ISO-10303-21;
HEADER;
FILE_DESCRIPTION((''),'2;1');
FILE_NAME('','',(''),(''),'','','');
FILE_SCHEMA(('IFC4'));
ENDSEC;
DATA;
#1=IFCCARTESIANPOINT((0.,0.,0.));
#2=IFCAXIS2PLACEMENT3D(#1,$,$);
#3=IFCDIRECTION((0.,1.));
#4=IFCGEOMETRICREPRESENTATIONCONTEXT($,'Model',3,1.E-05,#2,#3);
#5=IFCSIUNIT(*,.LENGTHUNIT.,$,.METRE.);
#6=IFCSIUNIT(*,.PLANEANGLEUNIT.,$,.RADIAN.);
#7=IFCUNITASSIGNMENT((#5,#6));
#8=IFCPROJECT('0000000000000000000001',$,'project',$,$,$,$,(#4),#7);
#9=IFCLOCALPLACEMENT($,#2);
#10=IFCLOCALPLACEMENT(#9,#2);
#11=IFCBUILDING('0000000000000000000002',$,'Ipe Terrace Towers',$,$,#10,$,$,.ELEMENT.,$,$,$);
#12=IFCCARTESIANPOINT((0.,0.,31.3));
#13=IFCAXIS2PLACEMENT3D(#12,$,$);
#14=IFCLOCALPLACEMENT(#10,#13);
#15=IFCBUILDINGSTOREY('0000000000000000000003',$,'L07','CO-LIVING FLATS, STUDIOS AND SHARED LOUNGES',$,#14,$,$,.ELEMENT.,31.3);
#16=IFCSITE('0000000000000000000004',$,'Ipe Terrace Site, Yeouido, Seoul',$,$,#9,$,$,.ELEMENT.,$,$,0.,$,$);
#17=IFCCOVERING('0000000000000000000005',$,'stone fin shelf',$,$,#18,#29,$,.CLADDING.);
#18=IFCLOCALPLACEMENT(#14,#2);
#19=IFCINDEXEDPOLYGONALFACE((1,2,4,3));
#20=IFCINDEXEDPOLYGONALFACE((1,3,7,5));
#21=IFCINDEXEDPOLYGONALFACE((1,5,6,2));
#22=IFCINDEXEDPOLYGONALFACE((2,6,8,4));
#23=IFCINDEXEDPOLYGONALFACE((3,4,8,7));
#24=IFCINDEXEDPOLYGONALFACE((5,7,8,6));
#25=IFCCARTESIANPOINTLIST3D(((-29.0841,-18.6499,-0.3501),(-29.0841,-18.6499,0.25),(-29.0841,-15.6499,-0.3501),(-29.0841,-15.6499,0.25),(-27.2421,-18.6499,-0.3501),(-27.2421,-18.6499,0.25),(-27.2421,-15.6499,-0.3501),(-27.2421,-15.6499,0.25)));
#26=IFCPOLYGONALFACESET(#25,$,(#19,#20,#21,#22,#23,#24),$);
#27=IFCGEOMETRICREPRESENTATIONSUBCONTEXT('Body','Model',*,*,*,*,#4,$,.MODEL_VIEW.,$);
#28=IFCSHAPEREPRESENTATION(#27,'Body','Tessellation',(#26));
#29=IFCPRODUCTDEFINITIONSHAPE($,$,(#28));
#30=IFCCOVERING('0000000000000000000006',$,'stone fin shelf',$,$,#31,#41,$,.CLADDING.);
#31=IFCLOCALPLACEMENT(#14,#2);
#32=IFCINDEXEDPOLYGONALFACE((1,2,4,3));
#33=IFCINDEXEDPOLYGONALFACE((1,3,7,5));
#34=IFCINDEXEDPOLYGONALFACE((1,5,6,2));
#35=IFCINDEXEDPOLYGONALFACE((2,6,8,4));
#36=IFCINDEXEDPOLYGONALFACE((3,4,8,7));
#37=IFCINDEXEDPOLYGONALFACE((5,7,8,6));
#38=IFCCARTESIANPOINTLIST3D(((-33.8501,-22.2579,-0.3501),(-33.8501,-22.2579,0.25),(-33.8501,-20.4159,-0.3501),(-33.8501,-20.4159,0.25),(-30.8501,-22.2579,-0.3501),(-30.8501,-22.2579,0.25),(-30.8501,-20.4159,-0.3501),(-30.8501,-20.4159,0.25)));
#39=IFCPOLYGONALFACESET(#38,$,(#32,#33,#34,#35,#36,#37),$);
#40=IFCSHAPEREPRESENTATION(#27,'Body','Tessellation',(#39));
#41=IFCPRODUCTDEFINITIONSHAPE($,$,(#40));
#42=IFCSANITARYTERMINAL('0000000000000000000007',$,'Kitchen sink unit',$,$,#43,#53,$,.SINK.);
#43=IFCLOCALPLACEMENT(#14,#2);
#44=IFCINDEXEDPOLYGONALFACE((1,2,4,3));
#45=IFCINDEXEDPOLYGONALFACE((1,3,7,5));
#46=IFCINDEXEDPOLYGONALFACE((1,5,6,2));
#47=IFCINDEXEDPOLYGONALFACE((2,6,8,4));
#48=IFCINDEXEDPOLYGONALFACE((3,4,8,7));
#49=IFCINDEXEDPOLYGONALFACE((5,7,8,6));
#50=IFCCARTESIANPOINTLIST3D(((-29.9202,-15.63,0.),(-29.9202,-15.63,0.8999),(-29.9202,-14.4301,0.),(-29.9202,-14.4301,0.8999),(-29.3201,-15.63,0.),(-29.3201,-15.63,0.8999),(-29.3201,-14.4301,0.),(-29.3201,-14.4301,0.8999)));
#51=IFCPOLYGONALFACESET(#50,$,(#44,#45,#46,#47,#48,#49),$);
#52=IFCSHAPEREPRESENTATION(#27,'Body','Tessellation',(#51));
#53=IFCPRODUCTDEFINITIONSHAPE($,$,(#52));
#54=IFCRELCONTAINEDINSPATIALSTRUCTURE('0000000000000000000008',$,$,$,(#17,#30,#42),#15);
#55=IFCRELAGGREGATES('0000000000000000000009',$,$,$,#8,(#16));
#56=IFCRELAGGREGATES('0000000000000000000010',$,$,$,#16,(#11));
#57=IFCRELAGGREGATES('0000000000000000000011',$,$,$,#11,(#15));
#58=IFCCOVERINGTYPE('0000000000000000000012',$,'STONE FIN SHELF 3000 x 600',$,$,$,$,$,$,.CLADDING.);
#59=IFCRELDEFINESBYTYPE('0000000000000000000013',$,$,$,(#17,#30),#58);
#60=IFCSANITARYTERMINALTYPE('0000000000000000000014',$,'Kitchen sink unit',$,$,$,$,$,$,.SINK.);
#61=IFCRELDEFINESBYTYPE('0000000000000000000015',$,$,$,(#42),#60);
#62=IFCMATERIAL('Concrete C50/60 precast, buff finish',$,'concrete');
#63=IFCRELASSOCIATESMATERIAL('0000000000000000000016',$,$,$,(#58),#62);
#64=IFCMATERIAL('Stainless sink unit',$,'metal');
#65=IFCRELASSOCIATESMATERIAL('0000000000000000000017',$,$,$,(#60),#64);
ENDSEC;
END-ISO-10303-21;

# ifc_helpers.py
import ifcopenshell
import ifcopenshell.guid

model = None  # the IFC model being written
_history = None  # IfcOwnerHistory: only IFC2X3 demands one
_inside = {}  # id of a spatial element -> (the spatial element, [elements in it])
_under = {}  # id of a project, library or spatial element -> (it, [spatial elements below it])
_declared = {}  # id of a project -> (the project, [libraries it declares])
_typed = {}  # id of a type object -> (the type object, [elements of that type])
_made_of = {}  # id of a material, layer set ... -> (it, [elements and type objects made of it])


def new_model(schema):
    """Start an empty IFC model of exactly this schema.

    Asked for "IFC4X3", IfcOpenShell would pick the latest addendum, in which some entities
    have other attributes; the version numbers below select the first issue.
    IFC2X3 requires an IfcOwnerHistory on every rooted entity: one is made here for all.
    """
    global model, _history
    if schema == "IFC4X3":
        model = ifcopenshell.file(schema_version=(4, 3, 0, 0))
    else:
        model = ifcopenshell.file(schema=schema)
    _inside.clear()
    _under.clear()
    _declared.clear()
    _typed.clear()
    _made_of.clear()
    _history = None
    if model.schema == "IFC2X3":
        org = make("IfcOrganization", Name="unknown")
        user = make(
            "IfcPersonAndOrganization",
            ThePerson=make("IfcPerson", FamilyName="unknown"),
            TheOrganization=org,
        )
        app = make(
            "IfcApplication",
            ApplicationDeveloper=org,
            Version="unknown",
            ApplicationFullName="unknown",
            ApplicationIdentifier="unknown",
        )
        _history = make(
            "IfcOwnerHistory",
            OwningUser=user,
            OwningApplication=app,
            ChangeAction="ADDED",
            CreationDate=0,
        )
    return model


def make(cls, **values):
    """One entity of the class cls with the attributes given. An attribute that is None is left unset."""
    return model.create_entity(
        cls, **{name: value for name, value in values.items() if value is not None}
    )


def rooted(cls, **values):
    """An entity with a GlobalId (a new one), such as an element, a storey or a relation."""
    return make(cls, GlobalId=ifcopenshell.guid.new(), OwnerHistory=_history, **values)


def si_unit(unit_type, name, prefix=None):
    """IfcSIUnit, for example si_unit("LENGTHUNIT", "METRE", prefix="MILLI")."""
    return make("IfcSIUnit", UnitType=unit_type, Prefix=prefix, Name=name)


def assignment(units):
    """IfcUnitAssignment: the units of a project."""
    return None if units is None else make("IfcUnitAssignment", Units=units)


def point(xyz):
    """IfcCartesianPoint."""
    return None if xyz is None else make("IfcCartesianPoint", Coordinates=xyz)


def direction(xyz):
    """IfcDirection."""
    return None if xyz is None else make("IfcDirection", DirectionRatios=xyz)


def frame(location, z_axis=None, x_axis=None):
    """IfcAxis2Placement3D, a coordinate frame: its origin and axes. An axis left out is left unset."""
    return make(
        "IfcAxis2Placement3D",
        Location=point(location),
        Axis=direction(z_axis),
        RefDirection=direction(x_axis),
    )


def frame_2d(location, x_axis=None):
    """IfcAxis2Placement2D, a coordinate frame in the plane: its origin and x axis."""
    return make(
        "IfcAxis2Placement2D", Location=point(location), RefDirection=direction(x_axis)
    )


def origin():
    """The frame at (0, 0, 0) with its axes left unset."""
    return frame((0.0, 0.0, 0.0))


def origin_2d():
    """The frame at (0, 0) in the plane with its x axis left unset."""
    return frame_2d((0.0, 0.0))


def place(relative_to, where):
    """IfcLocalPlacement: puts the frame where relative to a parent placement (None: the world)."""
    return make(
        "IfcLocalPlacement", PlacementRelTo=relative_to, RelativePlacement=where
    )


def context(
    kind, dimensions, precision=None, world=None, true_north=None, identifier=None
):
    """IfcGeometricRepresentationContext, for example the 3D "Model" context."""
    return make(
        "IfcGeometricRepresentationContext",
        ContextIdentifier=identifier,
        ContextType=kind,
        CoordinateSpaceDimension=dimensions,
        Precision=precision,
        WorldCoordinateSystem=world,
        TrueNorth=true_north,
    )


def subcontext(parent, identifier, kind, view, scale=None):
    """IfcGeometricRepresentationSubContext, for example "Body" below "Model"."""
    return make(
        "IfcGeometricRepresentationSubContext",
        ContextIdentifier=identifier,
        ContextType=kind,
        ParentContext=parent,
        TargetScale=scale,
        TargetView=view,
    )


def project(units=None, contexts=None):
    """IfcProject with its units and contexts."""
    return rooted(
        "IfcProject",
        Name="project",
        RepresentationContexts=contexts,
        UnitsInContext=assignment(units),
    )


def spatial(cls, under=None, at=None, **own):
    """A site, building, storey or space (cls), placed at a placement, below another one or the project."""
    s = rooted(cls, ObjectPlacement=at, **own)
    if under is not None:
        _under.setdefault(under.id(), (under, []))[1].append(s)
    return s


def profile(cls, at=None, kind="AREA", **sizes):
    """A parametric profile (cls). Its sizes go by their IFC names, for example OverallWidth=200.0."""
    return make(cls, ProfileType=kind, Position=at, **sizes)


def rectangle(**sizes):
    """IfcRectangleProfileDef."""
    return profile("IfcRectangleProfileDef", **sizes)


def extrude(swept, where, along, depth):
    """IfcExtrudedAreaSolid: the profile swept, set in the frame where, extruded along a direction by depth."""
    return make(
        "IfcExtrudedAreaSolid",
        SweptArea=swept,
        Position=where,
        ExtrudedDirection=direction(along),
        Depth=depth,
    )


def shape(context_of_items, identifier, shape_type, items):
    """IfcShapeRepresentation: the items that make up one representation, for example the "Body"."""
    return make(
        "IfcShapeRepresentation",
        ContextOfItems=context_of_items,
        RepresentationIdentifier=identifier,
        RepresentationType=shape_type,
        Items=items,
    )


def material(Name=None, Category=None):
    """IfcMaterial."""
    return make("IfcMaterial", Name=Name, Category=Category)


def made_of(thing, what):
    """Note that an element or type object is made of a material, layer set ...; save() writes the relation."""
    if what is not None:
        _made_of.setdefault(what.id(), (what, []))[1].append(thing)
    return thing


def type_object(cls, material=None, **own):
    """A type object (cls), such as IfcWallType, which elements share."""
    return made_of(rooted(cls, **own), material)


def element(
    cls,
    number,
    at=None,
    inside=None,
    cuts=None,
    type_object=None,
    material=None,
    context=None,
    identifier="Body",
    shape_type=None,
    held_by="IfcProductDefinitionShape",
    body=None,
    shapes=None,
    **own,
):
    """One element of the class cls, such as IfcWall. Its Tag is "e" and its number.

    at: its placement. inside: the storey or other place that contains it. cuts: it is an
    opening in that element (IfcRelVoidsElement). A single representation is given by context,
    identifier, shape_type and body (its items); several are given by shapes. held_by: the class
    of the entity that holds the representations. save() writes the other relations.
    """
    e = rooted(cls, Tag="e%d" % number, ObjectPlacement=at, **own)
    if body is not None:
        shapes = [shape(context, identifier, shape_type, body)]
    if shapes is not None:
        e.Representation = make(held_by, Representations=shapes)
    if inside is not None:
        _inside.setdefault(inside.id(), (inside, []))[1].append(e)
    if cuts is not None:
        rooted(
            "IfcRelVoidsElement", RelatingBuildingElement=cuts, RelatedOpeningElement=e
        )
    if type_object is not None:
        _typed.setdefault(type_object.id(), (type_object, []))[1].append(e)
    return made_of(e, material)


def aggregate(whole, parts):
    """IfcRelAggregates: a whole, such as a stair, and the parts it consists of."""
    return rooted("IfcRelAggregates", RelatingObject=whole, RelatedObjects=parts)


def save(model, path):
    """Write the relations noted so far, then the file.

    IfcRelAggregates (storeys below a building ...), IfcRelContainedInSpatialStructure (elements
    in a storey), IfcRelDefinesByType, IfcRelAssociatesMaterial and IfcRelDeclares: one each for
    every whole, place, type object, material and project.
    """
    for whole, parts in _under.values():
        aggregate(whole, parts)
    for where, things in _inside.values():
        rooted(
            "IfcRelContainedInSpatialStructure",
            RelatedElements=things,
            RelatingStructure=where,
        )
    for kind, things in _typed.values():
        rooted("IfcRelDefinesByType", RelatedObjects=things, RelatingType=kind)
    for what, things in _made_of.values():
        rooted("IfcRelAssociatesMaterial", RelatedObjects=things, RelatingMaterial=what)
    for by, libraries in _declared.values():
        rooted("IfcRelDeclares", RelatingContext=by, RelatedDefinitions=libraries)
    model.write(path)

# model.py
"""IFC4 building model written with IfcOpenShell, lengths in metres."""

from ifc_helpers import new_model, si_unit, direction, frame, origin, origin_2d, place, context, subcontext, project, spatial, rectangle, extrude, material, type_object, element, save


model = new_model("IFC4")

# Units and contexts
model_context = context("Model", 3, precision=1e-05, world=origin(), true_north=direction((0.0, 1.0)))
body_context = subcontext(model_context, "Body", "Model", "MODEL_VIEW")
ifc_project = project(units=[si_unit("LENGTHUNIT", "METRE"), si_unit("PLANEANGLEUNIT", "RADIAN")], contexts=[model_context])

# Site, building, storey
site_placement = place(None, origin())
site = spatial("IfcSite", under=ifc_project, at=site_placement, Name="Ipe Terrace Site, Yeouido, Seoul", CompositionType="ELEMENT", RefElevation=0.0)
building_placement = place(site_placement, origin())
building = spatial("IfcBuilding", under=site, at=building_placement, Name="Ipe Terrace Towers", CompositionType="ELEMENT")
storey_placement = place(building_placement, frame((0.0, 0.0, 31.3)))
storey = spatial("IfcBuildingStorey", under=building, at=storey_placement, Name="L07", Description="CO-LIVING FLATS, STUDIOS AND SHARED LOUNGES", CompositionType="ELEMENT", Elevation=31.3)

# Coverings
ifc_material_1 = material(Name="Concrete C50/60 precast, buff finish", Category="concrete")
covering_type_1 = type_object("IfcCoveringType", Name="STONE FIN SHELF 3000 x 600", PredefinedType="CLADDING", material=ifc_material_1)
for number, where, z_axis, x_axis, name in (
    (1, (-28.1631, -17.1499, -0.3501), (0.0, 0.0, 1.0), (0.0, 1.0, 0.0), "stone fin shelf"),
    (2, (-32.3501, -21.3369, -0.3501), (0.0, 0.0, 1.0), (1.0, 0.0, 0.0), "stone fin shelf"),
):
    element("IfcCovering", number, at=place(storey_placement, frame(where, z_axis=z_axis, x_axis=x_axis)), inside=storey, type_object=covering_type_1, Name=name, PredefinedType="CLADDING", context=body_context, shape_type="SweptSolid", body=[
        extrude(rectangle(XDim=3.0, YDim=1.842, at=origin_2d()), origin(), (0.0, 0.0, 1.0), 0.6001),
    ])

# Sanitary terminal
ifc_material_2 = material(Name="Stainless sink unit", Category="metal")
sanitary_terminal_type = type_object("IfcSanitaryTerminalType", Name="Kitchen sink unit", PredefinedType="SINK", material=ifc_material_2)
sanitary_terminal_placement = place(storey_placement, frame((-29.6201, -15.03, 0.0), z_axis=(0.0, 0.0, 1.0), x_axis=(0.0, -1.0, 0.0)))
element("IfcSanitaryTerminal", 3, at=sanitary_terminal_placement, inside=storey, type_object=sanitary_terminal_type, Name="Kitchen sink unit", PredefinedType="SINK", context=body_context, shape_type="SweptSolid", body=[
    extrude(rectangle(XDim=1.2, YDim=0.6001, at=origin_2d()), origin(), (0.0, 0.0, 1.0), 0.8999),
])

save(model, "model.ifc")
